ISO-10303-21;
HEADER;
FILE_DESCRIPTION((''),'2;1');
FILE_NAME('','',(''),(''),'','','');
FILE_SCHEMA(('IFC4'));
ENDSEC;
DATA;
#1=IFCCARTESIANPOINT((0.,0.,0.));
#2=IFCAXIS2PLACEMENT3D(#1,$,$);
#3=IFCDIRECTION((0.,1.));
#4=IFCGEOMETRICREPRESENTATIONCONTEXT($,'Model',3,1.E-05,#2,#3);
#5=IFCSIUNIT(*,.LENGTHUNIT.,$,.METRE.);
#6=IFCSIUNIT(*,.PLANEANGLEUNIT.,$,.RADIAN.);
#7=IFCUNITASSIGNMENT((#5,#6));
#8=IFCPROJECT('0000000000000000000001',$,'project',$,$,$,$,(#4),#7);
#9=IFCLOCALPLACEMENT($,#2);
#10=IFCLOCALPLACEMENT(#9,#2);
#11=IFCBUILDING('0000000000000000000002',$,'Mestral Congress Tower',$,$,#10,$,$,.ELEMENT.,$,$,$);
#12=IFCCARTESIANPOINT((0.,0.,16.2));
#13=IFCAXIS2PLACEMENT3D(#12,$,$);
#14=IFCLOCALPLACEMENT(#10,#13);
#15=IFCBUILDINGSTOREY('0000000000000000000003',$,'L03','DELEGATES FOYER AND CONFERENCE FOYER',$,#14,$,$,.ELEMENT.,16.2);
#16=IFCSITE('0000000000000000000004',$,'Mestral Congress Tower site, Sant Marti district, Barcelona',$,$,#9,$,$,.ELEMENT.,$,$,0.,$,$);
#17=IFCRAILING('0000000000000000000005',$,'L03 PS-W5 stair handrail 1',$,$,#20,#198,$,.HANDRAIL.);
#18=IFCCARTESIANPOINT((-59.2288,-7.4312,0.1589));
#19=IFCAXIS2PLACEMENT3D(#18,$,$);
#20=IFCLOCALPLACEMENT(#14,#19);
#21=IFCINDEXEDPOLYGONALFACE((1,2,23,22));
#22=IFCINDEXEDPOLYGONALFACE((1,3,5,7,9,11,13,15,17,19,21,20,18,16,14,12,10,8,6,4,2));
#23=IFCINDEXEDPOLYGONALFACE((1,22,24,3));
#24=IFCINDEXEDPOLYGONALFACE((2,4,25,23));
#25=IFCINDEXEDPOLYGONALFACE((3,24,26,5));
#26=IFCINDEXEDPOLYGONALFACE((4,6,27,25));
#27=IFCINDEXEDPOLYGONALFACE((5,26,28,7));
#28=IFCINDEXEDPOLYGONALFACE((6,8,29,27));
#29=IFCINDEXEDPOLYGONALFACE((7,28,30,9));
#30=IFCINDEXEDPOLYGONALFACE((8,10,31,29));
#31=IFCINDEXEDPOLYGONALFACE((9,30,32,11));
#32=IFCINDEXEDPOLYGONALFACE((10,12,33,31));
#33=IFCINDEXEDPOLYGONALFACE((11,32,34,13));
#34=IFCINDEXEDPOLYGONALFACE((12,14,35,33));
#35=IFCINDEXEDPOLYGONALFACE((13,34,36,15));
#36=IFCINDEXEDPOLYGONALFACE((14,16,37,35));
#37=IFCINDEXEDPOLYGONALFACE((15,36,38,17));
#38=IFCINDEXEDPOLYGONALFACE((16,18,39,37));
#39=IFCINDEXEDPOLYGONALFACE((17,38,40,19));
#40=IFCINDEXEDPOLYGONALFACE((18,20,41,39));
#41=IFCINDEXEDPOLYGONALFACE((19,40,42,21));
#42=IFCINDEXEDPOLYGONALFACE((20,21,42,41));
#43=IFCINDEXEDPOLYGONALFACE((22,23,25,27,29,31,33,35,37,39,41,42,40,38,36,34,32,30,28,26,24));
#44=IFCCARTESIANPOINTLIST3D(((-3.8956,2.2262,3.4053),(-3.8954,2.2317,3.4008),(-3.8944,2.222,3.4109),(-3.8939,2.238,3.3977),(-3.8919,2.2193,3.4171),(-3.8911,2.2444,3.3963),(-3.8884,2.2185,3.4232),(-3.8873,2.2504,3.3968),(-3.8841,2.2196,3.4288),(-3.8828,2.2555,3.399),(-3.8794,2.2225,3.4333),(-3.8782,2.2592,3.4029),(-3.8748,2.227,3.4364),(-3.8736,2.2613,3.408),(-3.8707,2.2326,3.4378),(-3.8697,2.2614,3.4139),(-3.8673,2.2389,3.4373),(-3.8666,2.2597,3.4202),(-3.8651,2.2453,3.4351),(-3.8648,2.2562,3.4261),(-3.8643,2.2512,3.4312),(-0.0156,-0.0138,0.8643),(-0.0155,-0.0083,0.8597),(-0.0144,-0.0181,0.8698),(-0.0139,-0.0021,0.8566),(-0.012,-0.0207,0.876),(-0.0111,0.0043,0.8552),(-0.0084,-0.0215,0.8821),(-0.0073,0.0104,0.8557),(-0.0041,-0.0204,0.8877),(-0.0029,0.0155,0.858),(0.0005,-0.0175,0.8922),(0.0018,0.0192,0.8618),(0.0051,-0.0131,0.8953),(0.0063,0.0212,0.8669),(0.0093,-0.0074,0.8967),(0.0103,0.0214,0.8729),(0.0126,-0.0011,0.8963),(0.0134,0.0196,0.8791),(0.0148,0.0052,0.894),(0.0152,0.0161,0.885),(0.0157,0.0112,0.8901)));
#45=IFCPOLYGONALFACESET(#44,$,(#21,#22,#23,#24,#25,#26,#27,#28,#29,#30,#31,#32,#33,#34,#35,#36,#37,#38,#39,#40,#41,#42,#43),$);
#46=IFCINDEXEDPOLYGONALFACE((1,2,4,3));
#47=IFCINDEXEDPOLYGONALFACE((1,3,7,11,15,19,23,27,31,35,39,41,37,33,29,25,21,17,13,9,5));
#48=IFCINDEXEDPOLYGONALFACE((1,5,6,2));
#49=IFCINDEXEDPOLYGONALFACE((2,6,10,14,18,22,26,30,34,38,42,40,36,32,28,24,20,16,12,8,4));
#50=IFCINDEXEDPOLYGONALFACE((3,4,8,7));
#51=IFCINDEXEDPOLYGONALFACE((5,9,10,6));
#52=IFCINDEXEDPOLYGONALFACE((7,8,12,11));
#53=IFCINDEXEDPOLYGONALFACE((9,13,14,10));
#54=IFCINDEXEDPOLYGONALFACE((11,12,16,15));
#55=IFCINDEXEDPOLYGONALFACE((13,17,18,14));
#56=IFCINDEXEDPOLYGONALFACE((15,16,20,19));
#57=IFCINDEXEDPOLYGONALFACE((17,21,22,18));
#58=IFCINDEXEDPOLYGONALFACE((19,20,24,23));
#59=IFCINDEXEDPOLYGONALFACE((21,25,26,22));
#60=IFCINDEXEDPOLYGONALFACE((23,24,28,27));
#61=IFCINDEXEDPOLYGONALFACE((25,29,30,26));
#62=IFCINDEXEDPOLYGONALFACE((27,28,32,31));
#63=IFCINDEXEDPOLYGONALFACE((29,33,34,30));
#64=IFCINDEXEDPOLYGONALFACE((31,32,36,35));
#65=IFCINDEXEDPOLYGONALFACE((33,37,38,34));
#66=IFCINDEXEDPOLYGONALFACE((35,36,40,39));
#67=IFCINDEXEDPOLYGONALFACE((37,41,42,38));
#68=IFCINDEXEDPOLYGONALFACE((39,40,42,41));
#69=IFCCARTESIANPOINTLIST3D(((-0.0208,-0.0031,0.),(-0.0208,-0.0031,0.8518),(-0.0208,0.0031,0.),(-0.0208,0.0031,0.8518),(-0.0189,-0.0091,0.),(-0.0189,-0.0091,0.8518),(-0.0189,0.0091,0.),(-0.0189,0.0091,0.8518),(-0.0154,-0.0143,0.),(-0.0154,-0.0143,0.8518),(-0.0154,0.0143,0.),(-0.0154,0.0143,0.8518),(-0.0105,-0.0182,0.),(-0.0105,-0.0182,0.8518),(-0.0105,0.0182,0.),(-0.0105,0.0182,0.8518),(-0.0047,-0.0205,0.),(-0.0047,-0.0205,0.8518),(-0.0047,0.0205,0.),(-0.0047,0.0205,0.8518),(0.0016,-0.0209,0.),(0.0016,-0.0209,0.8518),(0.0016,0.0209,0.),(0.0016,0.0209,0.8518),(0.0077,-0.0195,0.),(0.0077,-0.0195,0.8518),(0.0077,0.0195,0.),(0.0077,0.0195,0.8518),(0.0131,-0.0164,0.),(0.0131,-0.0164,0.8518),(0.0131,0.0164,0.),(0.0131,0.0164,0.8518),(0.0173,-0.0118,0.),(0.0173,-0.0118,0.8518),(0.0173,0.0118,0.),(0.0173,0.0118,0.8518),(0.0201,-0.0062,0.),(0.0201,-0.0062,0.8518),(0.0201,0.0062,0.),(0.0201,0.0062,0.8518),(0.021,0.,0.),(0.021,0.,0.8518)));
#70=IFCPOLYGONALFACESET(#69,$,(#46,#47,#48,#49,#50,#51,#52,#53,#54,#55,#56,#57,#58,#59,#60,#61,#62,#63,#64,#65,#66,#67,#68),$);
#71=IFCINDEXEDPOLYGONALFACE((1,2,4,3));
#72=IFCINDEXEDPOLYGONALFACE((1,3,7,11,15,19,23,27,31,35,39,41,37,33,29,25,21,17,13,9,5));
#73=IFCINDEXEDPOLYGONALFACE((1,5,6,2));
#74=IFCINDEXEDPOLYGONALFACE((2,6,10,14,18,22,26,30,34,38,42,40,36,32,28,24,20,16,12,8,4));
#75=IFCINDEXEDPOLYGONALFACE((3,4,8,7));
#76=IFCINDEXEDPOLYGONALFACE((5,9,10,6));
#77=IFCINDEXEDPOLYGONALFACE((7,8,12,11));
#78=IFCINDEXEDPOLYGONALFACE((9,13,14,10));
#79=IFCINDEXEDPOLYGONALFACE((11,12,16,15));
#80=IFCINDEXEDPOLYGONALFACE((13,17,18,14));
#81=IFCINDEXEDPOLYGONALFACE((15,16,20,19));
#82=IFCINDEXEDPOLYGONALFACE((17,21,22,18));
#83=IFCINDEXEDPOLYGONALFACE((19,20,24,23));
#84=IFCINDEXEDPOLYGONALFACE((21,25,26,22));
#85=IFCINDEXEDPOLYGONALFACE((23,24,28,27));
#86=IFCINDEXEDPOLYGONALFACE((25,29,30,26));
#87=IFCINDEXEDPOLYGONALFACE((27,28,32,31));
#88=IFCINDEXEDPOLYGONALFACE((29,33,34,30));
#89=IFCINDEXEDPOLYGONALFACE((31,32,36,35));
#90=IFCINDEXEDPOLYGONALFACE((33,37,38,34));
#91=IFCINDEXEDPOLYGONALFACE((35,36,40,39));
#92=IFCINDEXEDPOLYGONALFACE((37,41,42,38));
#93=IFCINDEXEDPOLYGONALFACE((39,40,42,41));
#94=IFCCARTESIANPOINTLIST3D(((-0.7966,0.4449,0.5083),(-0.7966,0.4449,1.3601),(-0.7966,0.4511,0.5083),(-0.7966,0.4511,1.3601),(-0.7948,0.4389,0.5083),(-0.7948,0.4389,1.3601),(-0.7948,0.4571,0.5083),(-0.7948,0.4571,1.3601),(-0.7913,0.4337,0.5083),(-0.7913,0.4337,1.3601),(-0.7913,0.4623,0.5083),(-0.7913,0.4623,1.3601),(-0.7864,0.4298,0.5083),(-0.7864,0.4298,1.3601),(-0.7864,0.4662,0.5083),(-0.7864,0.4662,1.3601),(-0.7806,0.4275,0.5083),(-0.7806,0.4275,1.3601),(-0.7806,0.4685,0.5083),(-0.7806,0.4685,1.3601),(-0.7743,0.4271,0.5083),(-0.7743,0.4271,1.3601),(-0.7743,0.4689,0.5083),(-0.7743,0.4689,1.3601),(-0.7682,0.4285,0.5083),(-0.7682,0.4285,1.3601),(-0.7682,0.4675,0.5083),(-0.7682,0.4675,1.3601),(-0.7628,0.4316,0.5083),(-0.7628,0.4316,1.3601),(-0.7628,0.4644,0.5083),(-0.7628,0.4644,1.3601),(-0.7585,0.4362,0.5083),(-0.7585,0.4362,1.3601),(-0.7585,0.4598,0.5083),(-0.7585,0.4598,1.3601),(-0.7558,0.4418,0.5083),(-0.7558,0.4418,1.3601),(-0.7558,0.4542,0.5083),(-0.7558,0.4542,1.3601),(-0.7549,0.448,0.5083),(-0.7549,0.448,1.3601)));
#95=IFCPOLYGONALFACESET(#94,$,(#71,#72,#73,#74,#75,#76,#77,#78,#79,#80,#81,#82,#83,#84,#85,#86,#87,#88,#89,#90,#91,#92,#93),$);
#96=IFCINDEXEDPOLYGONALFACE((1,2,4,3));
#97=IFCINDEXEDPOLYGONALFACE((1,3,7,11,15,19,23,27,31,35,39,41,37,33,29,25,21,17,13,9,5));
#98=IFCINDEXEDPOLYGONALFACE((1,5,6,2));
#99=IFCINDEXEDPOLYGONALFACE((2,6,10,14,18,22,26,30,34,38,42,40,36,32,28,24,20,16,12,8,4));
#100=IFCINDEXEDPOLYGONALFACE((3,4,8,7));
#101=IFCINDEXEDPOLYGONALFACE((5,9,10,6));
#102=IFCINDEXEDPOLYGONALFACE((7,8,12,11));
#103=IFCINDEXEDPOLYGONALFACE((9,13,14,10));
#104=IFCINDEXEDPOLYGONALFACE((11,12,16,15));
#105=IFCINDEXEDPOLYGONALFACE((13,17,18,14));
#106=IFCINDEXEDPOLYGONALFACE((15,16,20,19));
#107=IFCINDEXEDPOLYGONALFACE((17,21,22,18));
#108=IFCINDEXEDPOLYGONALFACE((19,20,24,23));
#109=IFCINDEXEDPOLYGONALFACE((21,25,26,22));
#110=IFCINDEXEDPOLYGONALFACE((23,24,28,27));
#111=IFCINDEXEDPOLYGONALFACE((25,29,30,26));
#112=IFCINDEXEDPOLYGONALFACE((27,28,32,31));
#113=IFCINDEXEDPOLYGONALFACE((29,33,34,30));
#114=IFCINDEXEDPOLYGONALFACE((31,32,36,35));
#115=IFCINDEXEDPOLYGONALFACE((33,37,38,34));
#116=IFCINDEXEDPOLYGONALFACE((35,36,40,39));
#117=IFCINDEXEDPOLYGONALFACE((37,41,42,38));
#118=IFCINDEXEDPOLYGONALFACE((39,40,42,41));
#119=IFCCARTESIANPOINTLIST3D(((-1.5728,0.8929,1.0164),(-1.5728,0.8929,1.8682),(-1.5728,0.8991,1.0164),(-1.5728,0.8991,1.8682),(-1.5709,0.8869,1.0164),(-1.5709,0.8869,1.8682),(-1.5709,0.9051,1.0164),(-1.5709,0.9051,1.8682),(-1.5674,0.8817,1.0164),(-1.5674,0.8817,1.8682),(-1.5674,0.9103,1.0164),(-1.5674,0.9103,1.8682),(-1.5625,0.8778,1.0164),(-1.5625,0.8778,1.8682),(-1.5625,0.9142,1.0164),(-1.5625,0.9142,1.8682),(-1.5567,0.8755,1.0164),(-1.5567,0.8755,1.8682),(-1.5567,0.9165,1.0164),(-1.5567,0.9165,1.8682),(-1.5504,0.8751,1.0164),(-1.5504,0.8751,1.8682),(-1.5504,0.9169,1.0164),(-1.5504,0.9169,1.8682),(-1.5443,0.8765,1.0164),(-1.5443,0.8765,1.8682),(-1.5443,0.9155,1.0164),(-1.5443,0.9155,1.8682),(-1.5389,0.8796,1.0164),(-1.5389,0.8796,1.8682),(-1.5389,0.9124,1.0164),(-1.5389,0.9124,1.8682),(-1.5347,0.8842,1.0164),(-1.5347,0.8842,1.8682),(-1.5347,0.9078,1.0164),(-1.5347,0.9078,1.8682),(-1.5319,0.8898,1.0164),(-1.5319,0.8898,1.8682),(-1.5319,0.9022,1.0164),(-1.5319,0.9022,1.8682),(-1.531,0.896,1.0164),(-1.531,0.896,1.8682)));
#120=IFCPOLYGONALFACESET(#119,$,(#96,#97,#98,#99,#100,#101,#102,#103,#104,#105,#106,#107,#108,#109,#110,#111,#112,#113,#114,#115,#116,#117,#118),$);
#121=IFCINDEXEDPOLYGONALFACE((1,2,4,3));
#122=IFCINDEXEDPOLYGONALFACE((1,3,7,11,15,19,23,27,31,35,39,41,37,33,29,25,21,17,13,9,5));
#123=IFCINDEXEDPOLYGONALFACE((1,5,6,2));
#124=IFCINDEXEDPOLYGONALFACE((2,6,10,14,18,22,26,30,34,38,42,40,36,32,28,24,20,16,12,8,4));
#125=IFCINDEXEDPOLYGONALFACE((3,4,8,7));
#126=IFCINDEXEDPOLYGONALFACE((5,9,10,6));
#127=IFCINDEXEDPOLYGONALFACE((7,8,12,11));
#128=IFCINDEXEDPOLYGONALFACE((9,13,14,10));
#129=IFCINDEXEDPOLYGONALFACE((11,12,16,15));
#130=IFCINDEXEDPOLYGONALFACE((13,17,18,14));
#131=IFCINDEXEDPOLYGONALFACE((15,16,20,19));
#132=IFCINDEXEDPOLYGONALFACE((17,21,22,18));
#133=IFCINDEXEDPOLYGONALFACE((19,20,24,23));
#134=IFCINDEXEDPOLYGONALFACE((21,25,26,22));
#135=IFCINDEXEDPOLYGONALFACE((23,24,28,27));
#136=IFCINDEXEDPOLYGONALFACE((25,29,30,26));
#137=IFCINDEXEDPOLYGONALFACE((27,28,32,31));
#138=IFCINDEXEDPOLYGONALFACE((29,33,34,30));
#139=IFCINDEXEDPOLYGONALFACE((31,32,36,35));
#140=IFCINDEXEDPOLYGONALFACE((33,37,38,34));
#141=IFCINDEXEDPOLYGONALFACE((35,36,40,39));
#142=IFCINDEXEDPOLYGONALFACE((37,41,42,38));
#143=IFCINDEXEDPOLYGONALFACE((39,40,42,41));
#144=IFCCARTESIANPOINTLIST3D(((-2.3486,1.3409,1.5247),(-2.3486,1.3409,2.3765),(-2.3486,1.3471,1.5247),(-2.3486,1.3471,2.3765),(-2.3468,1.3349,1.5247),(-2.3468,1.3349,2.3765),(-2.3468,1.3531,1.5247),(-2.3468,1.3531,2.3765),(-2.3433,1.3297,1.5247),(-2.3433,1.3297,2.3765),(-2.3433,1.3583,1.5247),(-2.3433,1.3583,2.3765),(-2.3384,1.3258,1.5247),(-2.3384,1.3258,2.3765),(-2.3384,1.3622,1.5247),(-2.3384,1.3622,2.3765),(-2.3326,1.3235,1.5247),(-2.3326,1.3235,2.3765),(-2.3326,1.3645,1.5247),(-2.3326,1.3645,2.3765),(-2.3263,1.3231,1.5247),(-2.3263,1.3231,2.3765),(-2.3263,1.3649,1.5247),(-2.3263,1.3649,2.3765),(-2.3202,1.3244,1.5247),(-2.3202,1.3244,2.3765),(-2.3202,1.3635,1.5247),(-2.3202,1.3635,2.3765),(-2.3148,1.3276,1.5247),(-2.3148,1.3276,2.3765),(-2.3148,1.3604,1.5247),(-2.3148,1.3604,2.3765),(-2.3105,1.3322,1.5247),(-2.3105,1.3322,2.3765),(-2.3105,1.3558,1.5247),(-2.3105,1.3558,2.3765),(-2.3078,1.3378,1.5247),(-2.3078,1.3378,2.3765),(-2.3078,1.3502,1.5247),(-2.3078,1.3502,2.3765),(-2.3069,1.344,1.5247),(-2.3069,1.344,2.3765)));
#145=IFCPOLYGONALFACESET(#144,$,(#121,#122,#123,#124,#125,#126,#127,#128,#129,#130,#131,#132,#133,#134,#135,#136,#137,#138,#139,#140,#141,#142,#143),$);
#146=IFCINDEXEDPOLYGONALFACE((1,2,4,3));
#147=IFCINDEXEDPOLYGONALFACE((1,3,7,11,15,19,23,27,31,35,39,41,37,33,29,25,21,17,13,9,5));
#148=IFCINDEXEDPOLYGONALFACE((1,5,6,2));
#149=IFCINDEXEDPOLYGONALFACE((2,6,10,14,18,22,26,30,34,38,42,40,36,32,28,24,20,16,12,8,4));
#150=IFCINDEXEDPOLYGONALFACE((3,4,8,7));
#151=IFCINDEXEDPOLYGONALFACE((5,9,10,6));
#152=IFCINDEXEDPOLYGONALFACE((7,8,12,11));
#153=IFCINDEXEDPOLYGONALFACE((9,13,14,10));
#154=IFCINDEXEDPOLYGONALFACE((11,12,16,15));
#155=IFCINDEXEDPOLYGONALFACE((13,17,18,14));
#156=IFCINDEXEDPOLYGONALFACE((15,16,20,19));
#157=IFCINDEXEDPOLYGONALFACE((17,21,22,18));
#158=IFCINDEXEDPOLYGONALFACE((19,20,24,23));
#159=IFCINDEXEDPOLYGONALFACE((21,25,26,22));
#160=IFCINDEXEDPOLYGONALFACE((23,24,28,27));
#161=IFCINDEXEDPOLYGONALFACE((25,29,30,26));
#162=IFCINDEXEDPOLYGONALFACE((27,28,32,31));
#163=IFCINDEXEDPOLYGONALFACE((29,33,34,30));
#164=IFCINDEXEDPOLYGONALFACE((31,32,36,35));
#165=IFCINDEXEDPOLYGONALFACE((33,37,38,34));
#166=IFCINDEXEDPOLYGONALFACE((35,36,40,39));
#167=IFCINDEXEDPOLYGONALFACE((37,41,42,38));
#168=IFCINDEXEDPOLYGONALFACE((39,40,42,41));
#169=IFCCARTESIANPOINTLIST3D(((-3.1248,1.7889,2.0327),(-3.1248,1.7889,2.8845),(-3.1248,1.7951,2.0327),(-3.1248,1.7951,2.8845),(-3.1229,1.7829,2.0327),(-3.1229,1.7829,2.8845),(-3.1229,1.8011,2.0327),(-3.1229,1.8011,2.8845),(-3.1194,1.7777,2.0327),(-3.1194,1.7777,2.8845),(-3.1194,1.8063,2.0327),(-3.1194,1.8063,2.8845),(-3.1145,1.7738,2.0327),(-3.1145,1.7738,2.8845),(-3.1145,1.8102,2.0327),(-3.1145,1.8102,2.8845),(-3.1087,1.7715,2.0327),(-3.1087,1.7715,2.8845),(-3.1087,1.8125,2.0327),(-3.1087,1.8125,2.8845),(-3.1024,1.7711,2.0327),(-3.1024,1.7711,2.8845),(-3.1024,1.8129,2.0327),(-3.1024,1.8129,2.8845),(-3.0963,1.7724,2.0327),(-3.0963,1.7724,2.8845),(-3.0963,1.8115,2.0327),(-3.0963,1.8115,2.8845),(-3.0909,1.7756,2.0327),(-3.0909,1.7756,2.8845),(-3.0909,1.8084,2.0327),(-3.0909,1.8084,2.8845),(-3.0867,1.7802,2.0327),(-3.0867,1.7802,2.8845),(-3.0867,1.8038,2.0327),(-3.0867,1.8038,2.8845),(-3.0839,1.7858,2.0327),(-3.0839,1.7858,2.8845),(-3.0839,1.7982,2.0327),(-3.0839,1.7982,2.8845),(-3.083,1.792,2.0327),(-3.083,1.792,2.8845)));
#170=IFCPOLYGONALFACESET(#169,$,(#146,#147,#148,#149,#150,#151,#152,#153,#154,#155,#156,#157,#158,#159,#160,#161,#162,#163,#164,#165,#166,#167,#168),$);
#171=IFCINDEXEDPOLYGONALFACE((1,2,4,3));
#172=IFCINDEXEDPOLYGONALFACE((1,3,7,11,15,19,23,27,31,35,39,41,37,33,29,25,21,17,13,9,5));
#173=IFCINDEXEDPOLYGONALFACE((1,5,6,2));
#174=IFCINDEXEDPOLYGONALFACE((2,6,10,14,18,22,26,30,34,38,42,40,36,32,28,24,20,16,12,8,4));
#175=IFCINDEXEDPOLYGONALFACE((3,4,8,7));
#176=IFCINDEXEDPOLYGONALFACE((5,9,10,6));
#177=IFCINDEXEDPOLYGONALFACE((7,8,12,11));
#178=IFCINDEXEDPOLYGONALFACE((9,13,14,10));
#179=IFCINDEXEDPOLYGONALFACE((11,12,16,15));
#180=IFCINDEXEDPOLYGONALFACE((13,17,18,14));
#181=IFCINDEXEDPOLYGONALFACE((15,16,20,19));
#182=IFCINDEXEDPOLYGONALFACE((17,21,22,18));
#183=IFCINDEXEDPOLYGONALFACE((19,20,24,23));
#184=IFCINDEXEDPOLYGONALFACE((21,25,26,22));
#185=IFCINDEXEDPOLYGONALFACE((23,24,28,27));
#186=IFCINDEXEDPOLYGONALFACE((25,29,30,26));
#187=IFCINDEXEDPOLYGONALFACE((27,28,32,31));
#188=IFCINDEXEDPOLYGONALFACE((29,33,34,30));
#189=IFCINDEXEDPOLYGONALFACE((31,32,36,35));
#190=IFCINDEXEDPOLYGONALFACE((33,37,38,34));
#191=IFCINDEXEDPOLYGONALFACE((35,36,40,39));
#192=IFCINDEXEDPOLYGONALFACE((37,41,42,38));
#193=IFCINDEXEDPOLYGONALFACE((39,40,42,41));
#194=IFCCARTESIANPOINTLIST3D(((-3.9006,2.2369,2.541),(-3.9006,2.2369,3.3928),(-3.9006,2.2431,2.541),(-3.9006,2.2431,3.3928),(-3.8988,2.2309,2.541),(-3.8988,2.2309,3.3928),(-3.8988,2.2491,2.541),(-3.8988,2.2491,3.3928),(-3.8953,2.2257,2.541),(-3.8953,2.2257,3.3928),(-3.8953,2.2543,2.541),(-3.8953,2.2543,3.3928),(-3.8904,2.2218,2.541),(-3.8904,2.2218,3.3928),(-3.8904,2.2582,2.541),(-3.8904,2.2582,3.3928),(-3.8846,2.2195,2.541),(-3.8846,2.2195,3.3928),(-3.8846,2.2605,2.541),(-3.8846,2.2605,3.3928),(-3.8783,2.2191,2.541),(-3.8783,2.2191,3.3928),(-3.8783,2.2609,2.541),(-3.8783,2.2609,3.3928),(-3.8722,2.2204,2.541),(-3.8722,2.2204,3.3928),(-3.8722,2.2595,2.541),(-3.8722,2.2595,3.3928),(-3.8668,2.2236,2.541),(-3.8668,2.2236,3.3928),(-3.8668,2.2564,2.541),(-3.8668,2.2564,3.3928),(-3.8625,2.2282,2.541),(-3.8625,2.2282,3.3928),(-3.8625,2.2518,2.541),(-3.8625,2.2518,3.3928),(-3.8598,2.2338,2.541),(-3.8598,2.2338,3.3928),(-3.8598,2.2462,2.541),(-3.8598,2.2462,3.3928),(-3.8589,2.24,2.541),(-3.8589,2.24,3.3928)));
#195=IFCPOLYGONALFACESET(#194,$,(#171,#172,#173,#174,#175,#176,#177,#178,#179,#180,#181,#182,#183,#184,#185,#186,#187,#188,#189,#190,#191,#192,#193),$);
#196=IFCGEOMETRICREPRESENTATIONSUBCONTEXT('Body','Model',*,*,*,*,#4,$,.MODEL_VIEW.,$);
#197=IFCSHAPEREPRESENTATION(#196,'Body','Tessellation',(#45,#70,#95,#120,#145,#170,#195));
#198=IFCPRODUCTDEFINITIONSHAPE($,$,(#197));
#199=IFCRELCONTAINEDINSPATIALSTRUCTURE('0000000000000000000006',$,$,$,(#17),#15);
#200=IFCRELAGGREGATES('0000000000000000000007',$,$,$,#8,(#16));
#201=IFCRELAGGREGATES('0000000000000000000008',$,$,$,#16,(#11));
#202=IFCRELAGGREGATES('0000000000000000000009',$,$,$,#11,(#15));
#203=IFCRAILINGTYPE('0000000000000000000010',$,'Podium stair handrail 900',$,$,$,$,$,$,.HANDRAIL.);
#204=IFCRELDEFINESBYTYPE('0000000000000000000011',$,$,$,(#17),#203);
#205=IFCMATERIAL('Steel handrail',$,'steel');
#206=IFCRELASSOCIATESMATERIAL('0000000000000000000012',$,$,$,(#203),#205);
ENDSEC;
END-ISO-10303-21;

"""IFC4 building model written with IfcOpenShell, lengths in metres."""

from ifc_helpers import new_model, si_unit, direction, frame, origin, origin_2d, place, context, subcontext, project, spatial, circle, extrude, material, type_object, element, save


model = new_model("IFC4")

# Units and contexts
model_context = context("Model", 3, precision=1e-05, world=origin(), true_north=direction((0.0, 1.0)))
body_context = subcontext(model_context, "Body", "Model", "MODEL_VIEW")
ifc_project = project(units=[si_unit("LENGTHUNIT", "METRE"), si_unit("PLANEANGLEUNIT", "RADIAN")], contexts=[model_context])

# Site, building, storey
site_placement = place(None, origin())
site = spatial("IfcSite", under=ifc_project, at=site_placement, Name="Mestral Congress Tower site, Sant Marti district, Barcelona", CompositionType="ELEMENT", RefElevation=0.0)
building_placement = place(site_placement, origin())
building = spatial("IfcBuilding", under=site, at=building_placement, Name="Mestral Congress Tower", CompositionType="ELEMENT")
storey_placement = place(building_placement, frame((0.0, 0.0, 16.2)))
storey = spatial("IfcBuildingStorey", under=building, at=storey_placement, Name="L03", Description="DELEGATES FOYER AND CONFERENCE FOYER", CompositionType="ELEMENT", Elevation=16.2)

# Railing
ifc_material_1 = material(Name="Steel handrail", Category="steel")
railing_type = type_object("IfcRailingType", Name="Podium stair handrail 900", PredefinedType="HANDRAIL", material=ifc_material_1)
railing_placement = place(storey_placement, frame((-59.2288, -7.4312, 0.1589)))
element("IfcRailing", 1, at=railing_placement, inside=storey, type_object=railing_type, Name="L03 PS-W5 stair handrail 1", PredefinedType="HANDRAIL", context=body_context, shape_type="SweptSolid", body=[
    extrude(circle(Radius=0.0239, at=origin_2d()), frame((0.0, 0.0, 0.876), z_axis=(-0.7533, 0.434906, 0.493352), x_axis=(-0.49999, -0.866031, 0.0)), (0.0, 0.0, 1.0), 5.1506),
    extrude(circle(Radius=0.021, at=origin_2d()), origin(), (0.0, 0.0, 1.0), 0.8518),
    extrude(circle(Radius=0.021, at=origin_2d()), frame((-0.7759, 0.448, 0.5083)), (0.0, 0.0, 1.0), 0.8518),
    extrude(circle(Radius=0.021, at=origin_2d()), frame((-1.552, 0.896, 1.0164)), (0.0, 0.0, 1.0), 0.8518),
    extrude(circle(Radius=0.021, at=origin_2d()), frame((-2.3279, 1.344, 1.5247)), (0.0, 0.0, 1.0), 0.8518),
    extrude(circle(Radius=0.021, at=origin_2d()), frame((-3.104, 1.792, 2.0327)), (0.0, 0.0, 1.0), 0.8518),
    extrude(circle(Radius=0.021, at=origin_2d()), frame((-3.8799, 2.24, 2.541)), (0.0, 0.0, 1.0), 0.8518),
])

save(model, "model.ifc")
